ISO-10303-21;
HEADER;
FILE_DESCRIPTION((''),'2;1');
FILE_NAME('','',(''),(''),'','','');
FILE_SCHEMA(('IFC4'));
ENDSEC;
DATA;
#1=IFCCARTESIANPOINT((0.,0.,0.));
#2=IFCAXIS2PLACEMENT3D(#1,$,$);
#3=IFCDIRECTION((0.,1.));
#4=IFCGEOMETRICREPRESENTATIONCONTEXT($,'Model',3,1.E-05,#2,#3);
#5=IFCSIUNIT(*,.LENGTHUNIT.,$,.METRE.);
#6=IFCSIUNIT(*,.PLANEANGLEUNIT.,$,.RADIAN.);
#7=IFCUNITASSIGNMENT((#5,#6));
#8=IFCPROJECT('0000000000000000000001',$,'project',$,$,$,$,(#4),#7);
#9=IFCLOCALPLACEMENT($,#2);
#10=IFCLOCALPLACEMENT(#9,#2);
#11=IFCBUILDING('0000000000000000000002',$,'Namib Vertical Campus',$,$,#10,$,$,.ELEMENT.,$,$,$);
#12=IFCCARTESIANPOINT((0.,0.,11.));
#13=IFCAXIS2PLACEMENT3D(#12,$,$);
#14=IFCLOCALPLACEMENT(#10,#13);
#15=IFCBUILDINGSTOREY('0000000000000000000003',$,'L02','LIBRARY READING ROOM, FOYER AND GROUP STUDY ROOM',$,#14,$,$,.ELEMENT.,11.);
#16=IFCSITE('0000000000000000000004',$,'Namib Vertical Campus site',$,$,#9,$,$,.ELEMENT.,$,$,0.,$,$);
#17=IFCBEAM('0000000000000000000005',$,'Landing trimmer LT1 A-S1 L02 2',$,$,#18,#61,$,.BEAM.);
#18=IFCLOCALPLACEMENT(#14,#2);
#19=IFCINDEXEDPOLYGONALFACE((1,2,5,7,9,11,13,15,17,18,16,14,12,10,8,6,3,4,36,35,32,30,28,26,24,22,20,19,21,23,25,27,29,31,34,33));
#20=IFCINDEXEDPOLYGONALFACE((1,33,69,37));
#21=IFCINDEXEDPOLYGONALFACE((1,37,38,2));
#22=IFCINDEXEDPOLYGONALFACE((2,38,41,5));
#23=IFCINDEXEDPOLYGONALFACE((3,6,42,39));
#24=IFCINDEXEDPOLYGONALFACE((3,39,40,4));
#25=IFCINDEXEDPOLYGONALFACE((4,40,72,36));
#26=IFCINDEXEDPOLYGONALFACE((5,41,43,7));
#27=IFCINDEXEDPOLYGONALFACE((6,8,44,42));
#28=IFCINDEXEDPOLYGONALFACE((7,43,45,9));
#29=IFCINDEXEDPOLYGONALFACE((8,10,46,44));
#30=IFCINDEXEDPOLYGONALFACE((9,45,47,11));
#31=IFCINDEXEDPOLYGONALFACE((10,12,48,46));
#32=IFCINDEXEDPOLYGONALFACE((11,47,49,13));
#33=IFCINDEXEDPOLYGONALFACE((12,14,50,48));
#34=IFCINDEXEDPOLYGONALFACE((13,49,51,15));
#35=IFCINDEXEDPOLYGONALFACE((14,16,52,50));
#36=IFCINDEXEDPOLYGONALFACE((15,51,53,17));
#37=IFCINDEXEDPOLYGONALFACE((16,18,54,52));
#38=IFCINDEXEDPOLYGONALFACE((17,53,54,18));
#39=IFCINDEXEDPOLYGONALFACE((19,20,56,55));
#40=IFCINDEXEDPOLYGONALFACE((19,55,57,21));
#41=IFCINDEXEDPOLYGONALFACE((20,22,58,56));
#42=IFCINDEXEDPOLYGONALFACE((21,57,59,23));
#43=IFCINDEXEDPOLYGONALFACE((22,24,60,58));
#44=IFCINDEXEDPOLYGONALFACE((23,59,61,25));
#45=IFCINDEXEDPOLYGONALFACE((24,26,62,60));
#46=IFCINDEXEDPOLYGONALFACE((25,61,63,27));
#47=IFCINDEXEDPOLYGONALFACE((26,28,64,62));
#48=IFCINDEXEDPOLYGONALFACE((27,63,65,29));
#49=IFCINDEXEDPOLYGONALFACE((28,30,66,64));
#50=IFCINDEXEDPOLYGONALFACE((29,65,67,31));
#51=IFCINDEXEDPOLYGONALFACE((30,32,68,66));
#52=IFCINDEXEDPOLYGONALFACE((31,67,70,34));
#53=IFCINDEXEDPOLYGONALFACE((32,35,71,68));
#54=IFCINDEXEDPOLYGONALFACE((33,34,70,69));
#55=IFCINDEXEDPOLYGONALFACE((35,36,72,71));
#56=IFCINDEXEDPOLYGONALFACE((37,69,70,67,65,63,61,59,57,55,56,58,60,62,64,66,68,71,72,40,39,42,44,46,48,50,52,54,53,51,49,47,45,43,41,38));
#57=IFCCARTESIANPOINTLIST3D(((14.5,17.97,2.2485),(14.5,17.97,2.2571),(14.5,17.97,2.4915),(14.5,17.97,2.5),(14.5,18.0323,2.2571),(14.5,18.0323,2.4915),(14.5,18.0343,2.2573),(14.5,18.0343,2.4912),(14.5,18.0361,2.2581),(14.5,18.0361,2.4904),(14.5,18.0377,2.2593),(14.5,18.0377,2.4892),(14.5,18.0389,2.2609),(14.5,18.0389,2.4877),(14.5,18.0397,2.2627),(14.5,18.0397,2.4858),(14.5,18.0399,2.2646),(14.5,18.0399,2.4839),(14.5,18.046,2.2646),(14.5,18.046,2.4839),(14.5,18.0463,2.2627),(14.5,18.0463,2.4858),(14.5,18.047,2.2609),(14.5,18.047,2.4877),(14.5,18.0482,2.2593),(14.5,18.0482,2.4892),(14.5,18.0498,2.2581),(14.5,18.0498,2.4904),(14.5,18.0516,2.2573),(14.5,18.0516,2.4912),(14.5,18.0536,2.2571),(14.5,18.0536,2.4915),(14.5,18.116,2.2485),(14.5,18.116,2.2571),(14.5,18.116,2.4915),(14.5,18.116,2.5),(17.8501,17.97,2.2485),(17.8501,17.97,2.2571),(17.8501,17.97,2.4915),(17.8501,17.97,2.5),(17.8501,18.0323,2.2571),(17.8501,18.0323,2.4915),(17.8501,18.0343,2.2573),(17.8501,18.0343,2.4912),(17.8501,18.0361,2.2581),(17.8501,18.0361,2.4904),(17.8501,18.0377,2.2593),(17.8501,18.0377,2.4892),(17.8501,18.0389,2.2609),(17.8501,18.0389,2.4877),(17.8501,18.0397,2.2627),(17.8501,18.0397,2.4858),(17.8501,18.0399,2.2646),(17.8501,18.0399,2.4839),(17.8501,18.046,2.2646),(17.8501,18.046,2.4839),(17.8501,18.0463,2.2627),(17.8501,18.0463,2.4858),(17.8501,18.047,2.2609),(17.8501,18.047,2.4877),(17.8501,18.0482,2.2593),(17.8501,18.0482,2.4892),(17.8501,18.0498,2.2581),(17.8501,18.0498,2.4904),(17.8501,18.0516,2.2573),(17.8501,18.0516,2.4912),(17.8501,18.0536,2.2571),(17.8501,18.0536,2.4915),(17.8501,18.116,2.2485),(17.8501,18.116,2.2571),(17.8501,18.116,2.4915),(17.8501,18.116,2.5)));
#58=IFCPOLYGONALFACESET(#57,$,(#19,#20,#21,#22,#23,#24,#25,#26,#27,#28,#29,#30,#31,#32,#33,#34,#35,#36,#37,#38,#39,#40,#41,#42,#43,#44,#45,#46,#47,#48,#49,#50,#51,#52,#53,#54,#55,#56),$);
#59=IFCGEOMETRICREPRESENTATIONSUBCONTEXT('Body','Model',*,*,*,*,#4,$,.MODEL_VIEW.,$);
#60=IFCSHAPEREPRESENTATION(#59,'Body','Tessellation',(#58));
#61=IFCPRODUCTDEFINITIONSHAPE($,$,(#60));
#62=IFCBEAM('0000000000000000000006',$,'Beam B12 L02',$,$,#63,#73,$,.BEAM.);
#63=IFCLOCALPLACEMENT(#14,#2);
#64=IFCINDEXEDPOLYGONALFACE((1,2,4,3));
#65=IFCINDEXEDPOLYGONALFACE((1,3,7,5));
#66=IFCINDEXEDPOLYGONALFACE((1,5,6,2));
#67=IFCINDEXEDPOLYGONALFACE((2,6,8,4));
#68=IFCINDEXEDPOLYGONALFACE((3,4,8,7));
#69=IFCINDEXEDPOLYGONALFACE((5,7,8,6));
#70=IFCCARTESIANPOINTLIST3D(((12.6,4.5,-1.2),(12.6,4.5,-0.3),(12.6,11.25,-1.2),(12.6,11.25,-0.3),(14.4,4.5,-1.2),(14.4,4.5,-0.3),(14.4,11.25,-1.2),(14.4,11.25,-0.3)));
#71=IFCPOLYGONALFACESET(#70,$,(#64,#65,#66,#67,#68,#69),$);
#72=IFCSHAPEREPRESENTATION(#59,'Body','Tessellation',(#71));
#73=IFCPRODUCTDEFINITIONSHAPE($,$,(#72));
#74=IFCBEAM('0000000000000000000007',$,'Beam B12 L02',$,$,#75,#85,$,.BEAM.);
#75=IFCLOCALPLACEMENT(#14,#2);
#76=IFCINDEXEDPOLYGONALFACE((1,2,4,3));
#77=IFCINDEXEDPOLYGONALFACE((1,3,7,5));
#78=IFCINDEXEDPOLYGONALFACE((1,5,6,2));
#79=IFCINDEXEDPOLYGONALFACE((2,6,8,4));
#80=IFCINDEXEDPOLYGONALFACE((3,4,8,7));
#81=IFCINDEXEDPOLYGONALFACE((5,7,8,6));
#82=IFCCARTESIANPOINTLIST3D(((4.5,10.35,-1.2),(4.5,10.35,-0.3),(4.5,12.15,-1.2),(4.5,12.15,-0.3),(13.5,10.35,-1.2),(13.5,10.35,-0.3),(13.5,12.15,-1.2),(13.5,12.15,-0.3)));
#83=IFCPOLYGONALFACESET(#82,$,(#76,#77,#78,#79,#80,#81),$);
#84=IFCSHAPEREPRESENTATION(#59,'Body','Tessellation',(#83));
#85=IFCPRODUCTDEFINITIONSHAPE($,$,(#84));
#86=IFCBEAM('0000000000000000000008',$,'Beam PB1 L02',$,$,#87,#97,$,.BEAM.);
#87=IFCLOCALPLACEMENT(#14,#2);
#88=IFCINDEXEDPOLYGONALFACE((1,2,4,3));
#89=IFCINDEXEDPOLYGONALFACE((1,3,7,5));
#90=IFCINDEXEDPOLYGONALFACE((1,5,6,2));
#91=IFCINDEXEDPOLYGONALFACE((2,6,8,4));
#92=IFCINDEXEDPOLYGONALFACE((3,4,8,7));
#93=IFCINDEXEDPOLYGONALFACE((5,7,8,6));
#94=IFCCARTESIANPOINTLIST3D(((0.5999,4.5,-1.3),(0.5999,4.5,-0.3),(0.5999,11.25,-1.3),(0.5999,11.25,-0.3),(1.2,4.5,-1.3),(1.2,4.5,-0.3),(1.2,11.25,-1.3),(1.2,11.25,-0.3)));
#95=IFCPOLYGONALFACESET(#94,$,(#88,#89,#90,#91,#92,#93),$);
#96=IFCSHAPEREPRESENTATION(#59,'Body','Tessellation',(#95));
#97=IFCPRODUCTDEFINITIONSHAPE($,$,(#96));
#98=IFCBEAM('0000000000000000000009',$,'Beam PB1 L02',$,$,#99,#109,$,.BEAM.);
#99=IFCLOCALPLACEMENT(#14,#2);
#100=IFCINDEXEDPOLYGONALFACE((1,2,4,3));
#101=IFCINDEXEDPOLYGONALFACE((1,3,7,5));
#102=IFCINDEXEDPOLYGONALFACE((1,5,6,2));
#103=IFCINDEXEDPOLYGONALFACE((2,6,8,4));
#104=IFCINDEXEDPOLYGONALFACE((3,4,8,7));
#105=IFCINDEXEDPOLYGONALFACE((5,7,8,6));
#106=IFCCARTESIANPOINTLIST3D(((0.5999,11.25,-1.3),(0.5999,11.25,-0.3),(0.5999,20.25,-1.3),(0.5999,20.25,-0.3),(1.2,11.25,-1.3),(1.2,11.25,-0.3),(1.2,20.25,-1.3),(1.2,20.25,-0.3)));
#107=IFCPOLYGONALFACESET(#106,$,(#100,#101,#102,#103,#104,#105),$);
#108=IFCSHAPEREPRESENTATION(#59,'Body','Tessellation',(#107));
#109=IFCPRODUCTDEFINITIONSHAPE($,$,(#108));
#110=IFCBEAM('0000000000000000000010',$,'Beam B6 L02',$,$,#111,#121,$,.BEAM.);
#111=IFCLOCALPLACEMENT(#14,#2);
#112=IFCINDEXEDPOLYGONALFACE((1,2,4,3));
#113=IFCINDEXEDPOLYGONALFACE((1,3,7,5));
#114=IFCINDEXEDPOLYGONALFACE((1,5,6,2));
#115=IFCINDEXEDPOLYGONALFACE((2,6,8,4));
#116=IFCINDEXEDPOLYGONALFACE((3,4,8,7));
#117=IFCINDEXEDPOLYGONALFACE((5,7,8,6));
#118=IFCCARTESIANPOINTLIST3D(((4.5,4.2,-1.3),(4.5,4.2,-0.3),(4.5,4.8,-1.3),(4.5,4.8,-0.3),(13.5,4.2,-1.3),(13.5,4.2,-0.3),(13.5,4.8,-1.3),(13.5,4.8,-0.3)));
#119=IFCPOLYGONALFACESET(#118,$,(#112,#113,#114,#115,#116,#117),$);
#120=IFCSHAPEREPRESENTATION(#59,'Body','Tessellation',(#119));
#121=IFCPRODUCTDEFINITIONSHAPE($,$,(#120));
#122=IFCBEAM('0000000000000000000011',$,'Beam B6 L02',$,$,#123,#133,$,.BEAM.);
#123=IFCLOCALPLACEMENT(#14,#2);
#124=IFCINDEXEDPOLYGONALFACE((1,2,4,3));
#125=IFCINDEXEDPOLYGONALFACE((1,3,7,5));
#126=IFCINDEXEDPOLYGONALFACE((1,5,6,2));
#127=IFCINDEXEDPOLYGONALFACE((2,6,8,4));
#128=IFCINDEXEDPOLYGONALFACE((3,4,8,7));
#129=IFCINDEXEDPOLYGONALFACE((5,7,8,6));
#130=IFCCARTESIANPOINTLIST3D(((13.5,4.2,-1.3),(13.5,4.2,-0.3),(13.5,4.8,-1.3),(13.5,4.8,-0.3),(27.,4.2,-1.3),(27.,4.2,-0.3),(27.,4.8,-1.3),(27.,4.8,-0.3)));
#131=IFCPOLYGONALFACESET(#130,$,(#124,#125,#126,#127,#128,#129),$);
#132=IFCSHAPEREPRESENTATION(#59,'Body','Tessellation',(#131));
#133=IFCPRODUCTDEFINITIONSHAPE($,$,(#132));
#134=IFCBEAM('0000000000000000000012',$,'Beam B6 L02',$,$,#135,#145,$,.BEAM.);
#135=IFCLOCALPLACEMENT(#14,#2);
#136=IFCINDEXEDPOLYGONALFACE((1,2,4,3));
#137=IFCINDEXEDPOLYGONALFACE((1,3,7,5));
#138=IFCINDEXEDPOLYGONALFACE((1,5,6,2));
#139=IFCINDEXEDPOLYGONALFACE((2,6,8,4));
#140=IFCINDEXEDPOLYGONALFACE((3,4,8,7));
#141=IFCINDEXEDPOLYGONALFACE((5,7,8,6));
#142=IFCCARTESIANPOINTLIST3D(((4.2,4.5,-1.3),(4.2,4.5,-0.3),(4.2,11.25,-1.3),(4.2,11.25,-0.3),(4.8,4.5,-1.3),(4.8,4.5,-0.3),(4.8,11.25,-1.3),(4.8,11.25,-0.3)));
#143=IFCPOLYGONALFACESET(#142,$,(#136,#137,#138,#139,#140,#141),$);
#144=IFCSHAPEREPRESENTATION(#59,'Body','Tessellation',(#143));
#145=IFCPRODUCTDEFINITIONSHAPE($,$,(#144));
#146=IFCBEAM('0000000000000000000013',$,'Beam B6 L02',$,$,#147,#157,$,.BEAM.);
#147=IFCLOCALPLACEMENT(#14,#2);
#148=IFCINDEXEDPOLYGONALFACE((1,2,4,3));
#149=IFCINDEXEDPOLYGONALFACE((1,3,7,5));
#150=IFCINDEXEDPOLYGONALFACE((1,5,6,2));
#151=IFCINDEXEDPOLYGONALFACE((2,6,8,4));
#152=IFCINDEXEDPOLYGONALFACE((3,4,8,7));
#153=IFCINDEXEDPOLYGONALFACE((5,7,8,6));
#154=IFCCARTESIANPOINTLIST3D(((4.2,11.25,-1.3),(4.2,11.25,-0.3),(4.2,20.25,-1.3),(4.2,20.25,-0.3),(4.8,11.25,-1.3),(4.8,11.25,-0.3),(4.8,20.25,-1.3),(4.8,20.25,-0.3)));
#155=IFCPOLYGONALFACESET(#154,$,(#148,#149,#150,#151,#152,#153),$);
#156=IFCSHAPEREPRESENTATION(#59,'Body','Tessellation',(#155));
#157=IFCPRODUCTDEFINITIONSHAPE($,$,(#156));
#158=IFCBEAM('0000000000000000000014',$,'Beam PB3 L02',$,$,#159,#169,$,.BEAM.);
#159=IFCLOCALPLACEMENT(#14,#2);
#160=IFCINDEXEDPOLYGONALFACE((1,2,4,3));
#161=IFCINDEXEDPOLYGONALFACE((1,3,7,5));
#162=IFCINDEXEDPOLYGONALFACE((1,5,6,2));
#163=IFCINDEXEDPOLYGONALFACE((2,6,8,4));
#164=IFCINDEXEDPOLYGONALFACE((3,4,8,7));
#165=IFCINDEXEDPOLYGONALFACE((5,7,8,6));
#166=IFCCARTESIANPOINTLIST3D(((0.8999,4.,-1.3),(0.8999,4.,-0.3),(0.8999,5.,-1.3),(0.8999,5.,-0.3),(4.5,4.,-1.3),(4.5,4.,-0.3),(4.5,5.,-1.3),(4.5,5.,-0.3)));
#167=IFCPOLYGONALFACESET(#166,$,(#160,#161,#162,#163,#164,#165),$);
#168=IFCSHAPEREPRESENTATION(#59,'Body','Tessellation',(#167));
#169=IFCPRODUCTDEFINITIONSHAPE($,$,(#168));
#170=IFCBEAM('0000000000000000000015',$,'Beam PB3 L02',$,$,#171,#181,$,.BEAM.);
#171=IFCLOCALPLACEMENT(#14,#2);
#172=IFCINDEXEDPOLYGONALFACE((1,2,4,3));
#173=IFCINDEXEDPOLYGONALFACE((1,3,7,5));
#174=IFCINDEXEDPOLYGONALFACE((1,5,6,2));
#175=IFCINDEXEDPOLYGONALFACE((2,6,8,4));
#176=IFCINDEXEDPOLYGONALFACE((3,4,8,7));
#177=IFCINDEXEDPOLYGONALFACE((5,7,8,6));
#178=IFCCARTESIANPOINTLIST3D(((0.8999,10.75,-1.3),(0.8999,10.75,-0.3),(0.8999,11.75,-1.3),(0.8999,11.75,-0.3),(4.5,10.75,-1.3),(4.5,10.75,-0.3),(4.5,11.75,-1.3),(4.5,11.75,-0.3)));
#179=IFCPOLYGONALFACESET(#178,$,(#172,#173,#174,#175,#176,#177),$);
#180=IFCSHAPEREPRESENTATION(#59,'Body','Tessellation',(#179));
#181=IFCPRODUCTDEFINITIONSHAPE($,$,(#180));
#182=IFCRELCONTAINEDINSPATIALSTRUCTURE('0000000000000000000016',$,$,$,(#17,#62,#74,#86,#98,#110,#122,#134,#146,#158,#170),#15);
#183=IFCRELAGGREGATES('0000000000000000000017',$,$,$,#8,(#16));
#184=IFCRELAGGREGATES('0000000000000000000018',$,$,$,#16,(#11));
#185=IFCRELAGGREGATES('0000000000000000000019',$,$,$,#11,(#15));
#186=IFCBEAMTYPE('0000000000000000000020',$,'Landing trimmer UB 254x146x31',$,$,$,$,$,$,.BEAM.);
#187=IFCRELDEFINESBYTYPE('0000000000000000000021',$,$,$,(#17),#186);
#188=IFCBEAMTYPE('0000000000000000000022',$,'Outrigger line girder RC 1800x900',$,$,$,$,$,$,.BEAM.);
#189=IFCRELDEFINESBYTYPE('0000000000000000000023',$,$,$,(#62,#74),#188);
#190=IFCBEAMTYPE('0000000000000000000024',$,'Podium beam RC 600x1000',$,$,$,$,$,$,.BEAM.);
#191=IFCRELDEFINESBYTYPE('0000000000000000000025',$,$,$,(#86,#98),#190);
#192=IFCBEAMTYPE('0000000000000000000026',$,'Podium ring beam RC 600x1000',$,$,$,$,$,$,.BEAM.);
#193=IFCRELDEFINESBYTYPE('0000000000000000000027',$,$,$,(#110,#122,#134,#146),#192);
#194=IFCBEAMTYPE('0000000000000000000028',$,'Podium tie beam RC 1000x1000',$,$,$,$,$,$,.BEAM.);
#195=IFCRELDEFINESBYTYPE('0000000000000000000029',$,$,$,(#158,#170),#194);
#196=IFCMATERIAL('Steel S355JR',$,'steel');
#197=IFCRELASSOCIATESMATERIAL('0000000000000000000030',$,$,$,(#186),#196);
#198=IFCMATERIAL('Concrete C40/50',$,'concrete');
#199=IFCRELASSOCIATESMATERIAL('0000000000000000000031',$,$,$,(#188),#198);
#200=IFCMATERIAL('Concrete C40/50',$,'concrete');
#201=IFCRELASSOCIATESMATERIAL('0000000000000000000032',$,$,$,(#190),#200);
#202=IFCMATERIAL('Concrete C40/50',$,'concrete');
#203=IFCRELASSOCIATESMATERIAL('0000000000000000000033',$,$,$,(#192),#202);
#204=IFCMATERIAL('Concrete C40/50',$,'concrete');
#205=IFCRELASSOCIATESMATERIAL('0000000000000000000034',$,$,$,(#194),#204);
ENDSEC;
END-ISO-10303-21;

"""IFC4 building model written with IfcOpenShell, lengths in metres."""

from ifc_helpers import new_model, si_unit, direction, frame, origin, origin_2d, place, context, subcontext, project, spatial, rectangle, i_section, extrude, material, material_profile, profile_set, type_object, element, save


model = new_model("IFC4")

# Units and contexts
model_context = context("Model", 3, precision=1e-05, world=origin(), true_north=direction((0.0, 1.0)))
body_context = subcontext(model_context, "Body", "Model", "MODEL_VIEW")
ifc_project = project(units=[si_unit("LENGTHUNIT", "METRE"), si_unit("PLANEANGLEUNIT", "RADIAN")], contexts=[model_context])

# Site, building, storey
site_placement = place(None, origin())
site = spatial("IfcSite", under=ifc_project, at=site_placement, Name="Namib Vertical Campus site", CompositionType="ELEMENT", RefElevation=0.0)
building_placement = place(site_placement, origin())
building = spatial("IfcBuilding", under=site, at=building_placement, Name="Namib Vertical Campus", CompositionType="ELEMENT")
storey_placement = place(building_placement, frame((0.0, 0.0, 11.0)))
storey = spatial("IfcBuildingStorey", under=building, at=storey_placement, Name="L02", Description="LIBRARY READING ROOM, FOYER AND GROUP STUDY ROOM", CompositionType="ELEMENT", Elevation=11.0)

# Beams
ifc_material_1 = material(Name="Steel S355JR", Category="steel")
ifc_material_profile_1 = material_profile(ifc_material_1, i_section(OverallWidth=0.146, OverallDepth=0.2515, WebThickness=0.0061, FlangeThickness=0.0085, FilletRadius=0.0076, at=origin_2d()))
ifc_profile_set_1 = profile_set([ifc_material_profile_1], Name="Steel S355JR")
beam_type_1 = type_object("IfcBeamType", Name="Landing trimmer UB 254x146x31", PredefinedType="BEAM", material=ifc_profile_set_1)
for number, where, z_axis, x_axis, name in (
    (1, (14.5, 18.043, 2.3743), (1.0, 0.0, 0.0), (0.0, 1.0, 0.0), "Landing trimmer LT1 A-S1 L02 2"),
):
    element("IfcBeam", number, at=place(storey_placement, frame(where, z_axis=z_axis, x_axis=x_axis)), inside=storey, type_object=beam_type_1, Name=name, PredefinedType="BEAM", context=body_context, shape_type="SweptSolid", body=[
        extrude(i_section(OverallWidth=0.146, OverallDepth=0.2515, WebThickness=0.0061, FlangeThickness=0.0085, FilletRadius=0.0076, at=origin_2d()), origin(), (0.0, 0.0, 1.0), 3.3501),
    ])
ifc_material_2 = material(Name="Concrete C40/50", Category="concrete")
ifc_material_profile_2 = material_profile(ifc_material_2, rectangle(XDim=1.8, YDim=0.8999, at=origin_2d()))
ifc_profile_set_2 = profile_set([ifc_material_profile_2], Name="Concrete C40/50")
beam_type_2 = type_object("IfcBeamType", Name="Outrigger line girder RC 1800x900", PredefinedType="BEAM", material=ifc_profile_set_2)
beam_1_placement = place(storey_placement, frame((13.5, 4.5, -0.75), z_axis=(0.0, 1.0, 0.0), x_axis=(-1.0, 0.0, 0.0)))
element("IfcBeam", 2, at=beam_1_placement, inside=storey, type_object=beam_type_2, Name="Beam B12 L02", PredefinedType="BEAM", context=body_context, shape_type="SweptSolid", body=[
    extrude(rectangle(XDim=1.8, YDim=0.8999, at=origin_2d()), origin(), (0.0, 0.0, 1.0), 6.75),
])
beam_2_placement = place(storey_placement, frame((4.5, 11.25, -0.75), z_axis=(1.0, 0.0, 0.0), x_axis=(0.0, 1.0, 0.0)))
element("IfcBeam", 3, at=beam_2_placement, inside=storey, type_object=beam_type_2, Name="Beam B12 L02", PredefinedType="BEAM", context=body_context, shape_type="SweptSolid", body=[
    extrude(rectangle(XDim=1.8, YDim=0.8999, at=origin_2d()), origin(), (0.0, 0.0, 1.0), 9.0),
])
ifc_material_3 = material(Name="Concrete C40/50", Category="concrete")
ifc_material_profile_3 = material_profile(ifc_material_3, rectangle(XDim=0.6001, YDim=1.0, at=origin_2d()))
ifc_profile_set_3 = profile_set([ifc_material_profile_3], Name="Concrete C40/50")
beam_type_3 = type_object("IfcBeamType", Name="Podium beam RC 600x1000", PredefinedType="BEAM", material=ifc_profile_set_3)
beam_3_placement = place(storey_placement, frame((0.8999, 4.5, -0.8), z_axis=(0.0, 1.0, 0.0), x_axis=(-1.0, 0.0, 0.0)))
element("IfcBeam", 4, at=beam_3_placement, inside=storey, type_object=beam_type_3, Name="Beam PB1 L02", PredefinedType="BEAM", context=body_context, shape_type="SweptSolid", body=[
    extrude(rectangle(XDim=0.6001, YDim=1.0, at=origin_2d()), origin(), (0.0, 0.0, 1.0), 6.75),
])
beam_4_placement = place(storey_placement, frame((0.8999, 11.25, -0.8), z_axis=(0.0, 1.0, 0.0), x_axis=(-1.0, 0.0, 0.0)))
element("IfcBeam", 5, at=beam_4_placement, inside=storey, type_object=beam_type_3, Name="Beam PB1 L02", PredefinedType="BEAM", context=body_context, shape_type="SweptSolid", body=[
    extrude(rectangle(XDim=0.6001, YDim=1.0, at=origin_2d()), origin(), (0.0, 0.0, 1.0), 9.0),
])
ifc_material_4 = material(Name="Concrete C40/50", Category="concrete")
ifc_material_profile_4 = material_profile(ifc_material_4, rectangle(XDim=0.6001, YDim=1.0, at=origin_2d()))
ifc_profile_set_4 = profile_set([ifc_material_profile_4], Name="Concrete C40/50")
beam_type_4 = type_object("IfcBeamType", Name="Podium ring beam RC 600x1000", PredefinedType="BEAM", material=ifc_profile_set_4)
beam_5_placement = place(storey_placement, frame((4.5, 4.5, -0.8), z_axis=(1.0, 0.0, 0.0), x_axis=(0.0, 1.0, 0.0)))
element("IfcBeam", 6, at=beam_5_placement, inside=storey, type_object=beam_type_4, Name="Beam B6 L02", PredefinedType="BEAM", context=body_context, shape_type="SweptSolid", body=[
    extrude(rectangle(XDim=0.6001, YDim=1.0, at=origin_2d()), origin(), (0.0, 0.0, 1.0), 9.0),
])
beam_6_placement = place(storey_placement, frame((13.5, 4.5, -0.8), z_axis=(1.0, 0.0, 0.0), x_axis=(0.0, 1.0, 0.0)))
element("IfcBeam", 7, at=beam_6_placement, inside=storey, type_object=beam_type_4, Name="Beam B6 L02", PredefinedType="BEAM", context=body_context, shape_type="SweptSolid", body=[
    extrude(rectangle(XDim=0.6001, YDim=1.0, at=origin_2d()), origin(), (0.0, 0.0, 1.0), 13.5),
])
beam_7_placement = place(storey_placement, frame((4.5, 4.5, -0.8), z_axis=(0.0, 1.0, 0.0), x_axis=(-1.0, 0.0, 0.0)))
element("IfcBeam", 8, at=beam_7_placement, inside=storey, type_object=beam_type_4, Name="Beam B6 L02", PredefinedType="BEAM", context=body_context, shape_type="SweptSolid", body=[
    extrude(rectangle(XDim=0.6001, YDim=1.0, at=origin_2d()), origin(), (0.0, 0.0, 1.0), 6.75),
])
beam_8_placement = place(storey_placement, frame((4.5, 11.25, -0.8), z_axis=(0.0, 1.0, 0.0), x_axis=(-1.0, 0.0, 0.0)))
element("IfcBeam", 9, at=beam_8_placement, inside=storey, type_object=beam_type_4, Name="Beam B6 L02", PredefinedType="BEAM", context=body_context, shape_type="SweptSolid", body=[
    extrude(rectangle(XDim=0.6001, YDim=1.0, at=origin_2d()), origin(), (0.0, 0.0, 1.0), 9.0),
])
ifc_material_5 = material(Name="Concrete C40/50", Category="concrete")
ifc_material_profile_5 = material_profile(ifc_material_5, rectangle(XDim=1.0, YDim=1.0, at=origin_2d()))
ifc_profile_set_5 = profile_set([ifc_material_profile_5], Name="Concrete C40/50")
beam_type_5 = type_object("IfcBeamType", Name="Podium tie beam RC 1000x1000", PredefinedType="BEAM", material=ifc_profile_set_5)
for number, where, z_axis, x_axis, name in (
    (10, (0.8999, 4.5, -0.8), (1.0, 0.0, 0.0), (0.0, 1.0, 0.0), "Beam PB3 L02"),
    (11, (0.8999, 11.25, -0.8), (1.0, 0.0, 0.0), (0.0, 1.0, 0.0), "Beam PB3 L02"),
):
    element("IfcBeam", number, at=place(storey_placement, frame(where, z_axis=z_axis, x_axis=x_axis)), inside=storey, type_object=beam_type_5, Name=name, PredefinedType="BEAM", context=body_context, shape_type="SweptSolid", body=[
        extrude(rectangle(XDim=1.0, YDim=1.0, at=origin_2d()), origin(), (0.0, 0.0, 1.0), 3.6001),
    ])

save(model, "model.ifc")
